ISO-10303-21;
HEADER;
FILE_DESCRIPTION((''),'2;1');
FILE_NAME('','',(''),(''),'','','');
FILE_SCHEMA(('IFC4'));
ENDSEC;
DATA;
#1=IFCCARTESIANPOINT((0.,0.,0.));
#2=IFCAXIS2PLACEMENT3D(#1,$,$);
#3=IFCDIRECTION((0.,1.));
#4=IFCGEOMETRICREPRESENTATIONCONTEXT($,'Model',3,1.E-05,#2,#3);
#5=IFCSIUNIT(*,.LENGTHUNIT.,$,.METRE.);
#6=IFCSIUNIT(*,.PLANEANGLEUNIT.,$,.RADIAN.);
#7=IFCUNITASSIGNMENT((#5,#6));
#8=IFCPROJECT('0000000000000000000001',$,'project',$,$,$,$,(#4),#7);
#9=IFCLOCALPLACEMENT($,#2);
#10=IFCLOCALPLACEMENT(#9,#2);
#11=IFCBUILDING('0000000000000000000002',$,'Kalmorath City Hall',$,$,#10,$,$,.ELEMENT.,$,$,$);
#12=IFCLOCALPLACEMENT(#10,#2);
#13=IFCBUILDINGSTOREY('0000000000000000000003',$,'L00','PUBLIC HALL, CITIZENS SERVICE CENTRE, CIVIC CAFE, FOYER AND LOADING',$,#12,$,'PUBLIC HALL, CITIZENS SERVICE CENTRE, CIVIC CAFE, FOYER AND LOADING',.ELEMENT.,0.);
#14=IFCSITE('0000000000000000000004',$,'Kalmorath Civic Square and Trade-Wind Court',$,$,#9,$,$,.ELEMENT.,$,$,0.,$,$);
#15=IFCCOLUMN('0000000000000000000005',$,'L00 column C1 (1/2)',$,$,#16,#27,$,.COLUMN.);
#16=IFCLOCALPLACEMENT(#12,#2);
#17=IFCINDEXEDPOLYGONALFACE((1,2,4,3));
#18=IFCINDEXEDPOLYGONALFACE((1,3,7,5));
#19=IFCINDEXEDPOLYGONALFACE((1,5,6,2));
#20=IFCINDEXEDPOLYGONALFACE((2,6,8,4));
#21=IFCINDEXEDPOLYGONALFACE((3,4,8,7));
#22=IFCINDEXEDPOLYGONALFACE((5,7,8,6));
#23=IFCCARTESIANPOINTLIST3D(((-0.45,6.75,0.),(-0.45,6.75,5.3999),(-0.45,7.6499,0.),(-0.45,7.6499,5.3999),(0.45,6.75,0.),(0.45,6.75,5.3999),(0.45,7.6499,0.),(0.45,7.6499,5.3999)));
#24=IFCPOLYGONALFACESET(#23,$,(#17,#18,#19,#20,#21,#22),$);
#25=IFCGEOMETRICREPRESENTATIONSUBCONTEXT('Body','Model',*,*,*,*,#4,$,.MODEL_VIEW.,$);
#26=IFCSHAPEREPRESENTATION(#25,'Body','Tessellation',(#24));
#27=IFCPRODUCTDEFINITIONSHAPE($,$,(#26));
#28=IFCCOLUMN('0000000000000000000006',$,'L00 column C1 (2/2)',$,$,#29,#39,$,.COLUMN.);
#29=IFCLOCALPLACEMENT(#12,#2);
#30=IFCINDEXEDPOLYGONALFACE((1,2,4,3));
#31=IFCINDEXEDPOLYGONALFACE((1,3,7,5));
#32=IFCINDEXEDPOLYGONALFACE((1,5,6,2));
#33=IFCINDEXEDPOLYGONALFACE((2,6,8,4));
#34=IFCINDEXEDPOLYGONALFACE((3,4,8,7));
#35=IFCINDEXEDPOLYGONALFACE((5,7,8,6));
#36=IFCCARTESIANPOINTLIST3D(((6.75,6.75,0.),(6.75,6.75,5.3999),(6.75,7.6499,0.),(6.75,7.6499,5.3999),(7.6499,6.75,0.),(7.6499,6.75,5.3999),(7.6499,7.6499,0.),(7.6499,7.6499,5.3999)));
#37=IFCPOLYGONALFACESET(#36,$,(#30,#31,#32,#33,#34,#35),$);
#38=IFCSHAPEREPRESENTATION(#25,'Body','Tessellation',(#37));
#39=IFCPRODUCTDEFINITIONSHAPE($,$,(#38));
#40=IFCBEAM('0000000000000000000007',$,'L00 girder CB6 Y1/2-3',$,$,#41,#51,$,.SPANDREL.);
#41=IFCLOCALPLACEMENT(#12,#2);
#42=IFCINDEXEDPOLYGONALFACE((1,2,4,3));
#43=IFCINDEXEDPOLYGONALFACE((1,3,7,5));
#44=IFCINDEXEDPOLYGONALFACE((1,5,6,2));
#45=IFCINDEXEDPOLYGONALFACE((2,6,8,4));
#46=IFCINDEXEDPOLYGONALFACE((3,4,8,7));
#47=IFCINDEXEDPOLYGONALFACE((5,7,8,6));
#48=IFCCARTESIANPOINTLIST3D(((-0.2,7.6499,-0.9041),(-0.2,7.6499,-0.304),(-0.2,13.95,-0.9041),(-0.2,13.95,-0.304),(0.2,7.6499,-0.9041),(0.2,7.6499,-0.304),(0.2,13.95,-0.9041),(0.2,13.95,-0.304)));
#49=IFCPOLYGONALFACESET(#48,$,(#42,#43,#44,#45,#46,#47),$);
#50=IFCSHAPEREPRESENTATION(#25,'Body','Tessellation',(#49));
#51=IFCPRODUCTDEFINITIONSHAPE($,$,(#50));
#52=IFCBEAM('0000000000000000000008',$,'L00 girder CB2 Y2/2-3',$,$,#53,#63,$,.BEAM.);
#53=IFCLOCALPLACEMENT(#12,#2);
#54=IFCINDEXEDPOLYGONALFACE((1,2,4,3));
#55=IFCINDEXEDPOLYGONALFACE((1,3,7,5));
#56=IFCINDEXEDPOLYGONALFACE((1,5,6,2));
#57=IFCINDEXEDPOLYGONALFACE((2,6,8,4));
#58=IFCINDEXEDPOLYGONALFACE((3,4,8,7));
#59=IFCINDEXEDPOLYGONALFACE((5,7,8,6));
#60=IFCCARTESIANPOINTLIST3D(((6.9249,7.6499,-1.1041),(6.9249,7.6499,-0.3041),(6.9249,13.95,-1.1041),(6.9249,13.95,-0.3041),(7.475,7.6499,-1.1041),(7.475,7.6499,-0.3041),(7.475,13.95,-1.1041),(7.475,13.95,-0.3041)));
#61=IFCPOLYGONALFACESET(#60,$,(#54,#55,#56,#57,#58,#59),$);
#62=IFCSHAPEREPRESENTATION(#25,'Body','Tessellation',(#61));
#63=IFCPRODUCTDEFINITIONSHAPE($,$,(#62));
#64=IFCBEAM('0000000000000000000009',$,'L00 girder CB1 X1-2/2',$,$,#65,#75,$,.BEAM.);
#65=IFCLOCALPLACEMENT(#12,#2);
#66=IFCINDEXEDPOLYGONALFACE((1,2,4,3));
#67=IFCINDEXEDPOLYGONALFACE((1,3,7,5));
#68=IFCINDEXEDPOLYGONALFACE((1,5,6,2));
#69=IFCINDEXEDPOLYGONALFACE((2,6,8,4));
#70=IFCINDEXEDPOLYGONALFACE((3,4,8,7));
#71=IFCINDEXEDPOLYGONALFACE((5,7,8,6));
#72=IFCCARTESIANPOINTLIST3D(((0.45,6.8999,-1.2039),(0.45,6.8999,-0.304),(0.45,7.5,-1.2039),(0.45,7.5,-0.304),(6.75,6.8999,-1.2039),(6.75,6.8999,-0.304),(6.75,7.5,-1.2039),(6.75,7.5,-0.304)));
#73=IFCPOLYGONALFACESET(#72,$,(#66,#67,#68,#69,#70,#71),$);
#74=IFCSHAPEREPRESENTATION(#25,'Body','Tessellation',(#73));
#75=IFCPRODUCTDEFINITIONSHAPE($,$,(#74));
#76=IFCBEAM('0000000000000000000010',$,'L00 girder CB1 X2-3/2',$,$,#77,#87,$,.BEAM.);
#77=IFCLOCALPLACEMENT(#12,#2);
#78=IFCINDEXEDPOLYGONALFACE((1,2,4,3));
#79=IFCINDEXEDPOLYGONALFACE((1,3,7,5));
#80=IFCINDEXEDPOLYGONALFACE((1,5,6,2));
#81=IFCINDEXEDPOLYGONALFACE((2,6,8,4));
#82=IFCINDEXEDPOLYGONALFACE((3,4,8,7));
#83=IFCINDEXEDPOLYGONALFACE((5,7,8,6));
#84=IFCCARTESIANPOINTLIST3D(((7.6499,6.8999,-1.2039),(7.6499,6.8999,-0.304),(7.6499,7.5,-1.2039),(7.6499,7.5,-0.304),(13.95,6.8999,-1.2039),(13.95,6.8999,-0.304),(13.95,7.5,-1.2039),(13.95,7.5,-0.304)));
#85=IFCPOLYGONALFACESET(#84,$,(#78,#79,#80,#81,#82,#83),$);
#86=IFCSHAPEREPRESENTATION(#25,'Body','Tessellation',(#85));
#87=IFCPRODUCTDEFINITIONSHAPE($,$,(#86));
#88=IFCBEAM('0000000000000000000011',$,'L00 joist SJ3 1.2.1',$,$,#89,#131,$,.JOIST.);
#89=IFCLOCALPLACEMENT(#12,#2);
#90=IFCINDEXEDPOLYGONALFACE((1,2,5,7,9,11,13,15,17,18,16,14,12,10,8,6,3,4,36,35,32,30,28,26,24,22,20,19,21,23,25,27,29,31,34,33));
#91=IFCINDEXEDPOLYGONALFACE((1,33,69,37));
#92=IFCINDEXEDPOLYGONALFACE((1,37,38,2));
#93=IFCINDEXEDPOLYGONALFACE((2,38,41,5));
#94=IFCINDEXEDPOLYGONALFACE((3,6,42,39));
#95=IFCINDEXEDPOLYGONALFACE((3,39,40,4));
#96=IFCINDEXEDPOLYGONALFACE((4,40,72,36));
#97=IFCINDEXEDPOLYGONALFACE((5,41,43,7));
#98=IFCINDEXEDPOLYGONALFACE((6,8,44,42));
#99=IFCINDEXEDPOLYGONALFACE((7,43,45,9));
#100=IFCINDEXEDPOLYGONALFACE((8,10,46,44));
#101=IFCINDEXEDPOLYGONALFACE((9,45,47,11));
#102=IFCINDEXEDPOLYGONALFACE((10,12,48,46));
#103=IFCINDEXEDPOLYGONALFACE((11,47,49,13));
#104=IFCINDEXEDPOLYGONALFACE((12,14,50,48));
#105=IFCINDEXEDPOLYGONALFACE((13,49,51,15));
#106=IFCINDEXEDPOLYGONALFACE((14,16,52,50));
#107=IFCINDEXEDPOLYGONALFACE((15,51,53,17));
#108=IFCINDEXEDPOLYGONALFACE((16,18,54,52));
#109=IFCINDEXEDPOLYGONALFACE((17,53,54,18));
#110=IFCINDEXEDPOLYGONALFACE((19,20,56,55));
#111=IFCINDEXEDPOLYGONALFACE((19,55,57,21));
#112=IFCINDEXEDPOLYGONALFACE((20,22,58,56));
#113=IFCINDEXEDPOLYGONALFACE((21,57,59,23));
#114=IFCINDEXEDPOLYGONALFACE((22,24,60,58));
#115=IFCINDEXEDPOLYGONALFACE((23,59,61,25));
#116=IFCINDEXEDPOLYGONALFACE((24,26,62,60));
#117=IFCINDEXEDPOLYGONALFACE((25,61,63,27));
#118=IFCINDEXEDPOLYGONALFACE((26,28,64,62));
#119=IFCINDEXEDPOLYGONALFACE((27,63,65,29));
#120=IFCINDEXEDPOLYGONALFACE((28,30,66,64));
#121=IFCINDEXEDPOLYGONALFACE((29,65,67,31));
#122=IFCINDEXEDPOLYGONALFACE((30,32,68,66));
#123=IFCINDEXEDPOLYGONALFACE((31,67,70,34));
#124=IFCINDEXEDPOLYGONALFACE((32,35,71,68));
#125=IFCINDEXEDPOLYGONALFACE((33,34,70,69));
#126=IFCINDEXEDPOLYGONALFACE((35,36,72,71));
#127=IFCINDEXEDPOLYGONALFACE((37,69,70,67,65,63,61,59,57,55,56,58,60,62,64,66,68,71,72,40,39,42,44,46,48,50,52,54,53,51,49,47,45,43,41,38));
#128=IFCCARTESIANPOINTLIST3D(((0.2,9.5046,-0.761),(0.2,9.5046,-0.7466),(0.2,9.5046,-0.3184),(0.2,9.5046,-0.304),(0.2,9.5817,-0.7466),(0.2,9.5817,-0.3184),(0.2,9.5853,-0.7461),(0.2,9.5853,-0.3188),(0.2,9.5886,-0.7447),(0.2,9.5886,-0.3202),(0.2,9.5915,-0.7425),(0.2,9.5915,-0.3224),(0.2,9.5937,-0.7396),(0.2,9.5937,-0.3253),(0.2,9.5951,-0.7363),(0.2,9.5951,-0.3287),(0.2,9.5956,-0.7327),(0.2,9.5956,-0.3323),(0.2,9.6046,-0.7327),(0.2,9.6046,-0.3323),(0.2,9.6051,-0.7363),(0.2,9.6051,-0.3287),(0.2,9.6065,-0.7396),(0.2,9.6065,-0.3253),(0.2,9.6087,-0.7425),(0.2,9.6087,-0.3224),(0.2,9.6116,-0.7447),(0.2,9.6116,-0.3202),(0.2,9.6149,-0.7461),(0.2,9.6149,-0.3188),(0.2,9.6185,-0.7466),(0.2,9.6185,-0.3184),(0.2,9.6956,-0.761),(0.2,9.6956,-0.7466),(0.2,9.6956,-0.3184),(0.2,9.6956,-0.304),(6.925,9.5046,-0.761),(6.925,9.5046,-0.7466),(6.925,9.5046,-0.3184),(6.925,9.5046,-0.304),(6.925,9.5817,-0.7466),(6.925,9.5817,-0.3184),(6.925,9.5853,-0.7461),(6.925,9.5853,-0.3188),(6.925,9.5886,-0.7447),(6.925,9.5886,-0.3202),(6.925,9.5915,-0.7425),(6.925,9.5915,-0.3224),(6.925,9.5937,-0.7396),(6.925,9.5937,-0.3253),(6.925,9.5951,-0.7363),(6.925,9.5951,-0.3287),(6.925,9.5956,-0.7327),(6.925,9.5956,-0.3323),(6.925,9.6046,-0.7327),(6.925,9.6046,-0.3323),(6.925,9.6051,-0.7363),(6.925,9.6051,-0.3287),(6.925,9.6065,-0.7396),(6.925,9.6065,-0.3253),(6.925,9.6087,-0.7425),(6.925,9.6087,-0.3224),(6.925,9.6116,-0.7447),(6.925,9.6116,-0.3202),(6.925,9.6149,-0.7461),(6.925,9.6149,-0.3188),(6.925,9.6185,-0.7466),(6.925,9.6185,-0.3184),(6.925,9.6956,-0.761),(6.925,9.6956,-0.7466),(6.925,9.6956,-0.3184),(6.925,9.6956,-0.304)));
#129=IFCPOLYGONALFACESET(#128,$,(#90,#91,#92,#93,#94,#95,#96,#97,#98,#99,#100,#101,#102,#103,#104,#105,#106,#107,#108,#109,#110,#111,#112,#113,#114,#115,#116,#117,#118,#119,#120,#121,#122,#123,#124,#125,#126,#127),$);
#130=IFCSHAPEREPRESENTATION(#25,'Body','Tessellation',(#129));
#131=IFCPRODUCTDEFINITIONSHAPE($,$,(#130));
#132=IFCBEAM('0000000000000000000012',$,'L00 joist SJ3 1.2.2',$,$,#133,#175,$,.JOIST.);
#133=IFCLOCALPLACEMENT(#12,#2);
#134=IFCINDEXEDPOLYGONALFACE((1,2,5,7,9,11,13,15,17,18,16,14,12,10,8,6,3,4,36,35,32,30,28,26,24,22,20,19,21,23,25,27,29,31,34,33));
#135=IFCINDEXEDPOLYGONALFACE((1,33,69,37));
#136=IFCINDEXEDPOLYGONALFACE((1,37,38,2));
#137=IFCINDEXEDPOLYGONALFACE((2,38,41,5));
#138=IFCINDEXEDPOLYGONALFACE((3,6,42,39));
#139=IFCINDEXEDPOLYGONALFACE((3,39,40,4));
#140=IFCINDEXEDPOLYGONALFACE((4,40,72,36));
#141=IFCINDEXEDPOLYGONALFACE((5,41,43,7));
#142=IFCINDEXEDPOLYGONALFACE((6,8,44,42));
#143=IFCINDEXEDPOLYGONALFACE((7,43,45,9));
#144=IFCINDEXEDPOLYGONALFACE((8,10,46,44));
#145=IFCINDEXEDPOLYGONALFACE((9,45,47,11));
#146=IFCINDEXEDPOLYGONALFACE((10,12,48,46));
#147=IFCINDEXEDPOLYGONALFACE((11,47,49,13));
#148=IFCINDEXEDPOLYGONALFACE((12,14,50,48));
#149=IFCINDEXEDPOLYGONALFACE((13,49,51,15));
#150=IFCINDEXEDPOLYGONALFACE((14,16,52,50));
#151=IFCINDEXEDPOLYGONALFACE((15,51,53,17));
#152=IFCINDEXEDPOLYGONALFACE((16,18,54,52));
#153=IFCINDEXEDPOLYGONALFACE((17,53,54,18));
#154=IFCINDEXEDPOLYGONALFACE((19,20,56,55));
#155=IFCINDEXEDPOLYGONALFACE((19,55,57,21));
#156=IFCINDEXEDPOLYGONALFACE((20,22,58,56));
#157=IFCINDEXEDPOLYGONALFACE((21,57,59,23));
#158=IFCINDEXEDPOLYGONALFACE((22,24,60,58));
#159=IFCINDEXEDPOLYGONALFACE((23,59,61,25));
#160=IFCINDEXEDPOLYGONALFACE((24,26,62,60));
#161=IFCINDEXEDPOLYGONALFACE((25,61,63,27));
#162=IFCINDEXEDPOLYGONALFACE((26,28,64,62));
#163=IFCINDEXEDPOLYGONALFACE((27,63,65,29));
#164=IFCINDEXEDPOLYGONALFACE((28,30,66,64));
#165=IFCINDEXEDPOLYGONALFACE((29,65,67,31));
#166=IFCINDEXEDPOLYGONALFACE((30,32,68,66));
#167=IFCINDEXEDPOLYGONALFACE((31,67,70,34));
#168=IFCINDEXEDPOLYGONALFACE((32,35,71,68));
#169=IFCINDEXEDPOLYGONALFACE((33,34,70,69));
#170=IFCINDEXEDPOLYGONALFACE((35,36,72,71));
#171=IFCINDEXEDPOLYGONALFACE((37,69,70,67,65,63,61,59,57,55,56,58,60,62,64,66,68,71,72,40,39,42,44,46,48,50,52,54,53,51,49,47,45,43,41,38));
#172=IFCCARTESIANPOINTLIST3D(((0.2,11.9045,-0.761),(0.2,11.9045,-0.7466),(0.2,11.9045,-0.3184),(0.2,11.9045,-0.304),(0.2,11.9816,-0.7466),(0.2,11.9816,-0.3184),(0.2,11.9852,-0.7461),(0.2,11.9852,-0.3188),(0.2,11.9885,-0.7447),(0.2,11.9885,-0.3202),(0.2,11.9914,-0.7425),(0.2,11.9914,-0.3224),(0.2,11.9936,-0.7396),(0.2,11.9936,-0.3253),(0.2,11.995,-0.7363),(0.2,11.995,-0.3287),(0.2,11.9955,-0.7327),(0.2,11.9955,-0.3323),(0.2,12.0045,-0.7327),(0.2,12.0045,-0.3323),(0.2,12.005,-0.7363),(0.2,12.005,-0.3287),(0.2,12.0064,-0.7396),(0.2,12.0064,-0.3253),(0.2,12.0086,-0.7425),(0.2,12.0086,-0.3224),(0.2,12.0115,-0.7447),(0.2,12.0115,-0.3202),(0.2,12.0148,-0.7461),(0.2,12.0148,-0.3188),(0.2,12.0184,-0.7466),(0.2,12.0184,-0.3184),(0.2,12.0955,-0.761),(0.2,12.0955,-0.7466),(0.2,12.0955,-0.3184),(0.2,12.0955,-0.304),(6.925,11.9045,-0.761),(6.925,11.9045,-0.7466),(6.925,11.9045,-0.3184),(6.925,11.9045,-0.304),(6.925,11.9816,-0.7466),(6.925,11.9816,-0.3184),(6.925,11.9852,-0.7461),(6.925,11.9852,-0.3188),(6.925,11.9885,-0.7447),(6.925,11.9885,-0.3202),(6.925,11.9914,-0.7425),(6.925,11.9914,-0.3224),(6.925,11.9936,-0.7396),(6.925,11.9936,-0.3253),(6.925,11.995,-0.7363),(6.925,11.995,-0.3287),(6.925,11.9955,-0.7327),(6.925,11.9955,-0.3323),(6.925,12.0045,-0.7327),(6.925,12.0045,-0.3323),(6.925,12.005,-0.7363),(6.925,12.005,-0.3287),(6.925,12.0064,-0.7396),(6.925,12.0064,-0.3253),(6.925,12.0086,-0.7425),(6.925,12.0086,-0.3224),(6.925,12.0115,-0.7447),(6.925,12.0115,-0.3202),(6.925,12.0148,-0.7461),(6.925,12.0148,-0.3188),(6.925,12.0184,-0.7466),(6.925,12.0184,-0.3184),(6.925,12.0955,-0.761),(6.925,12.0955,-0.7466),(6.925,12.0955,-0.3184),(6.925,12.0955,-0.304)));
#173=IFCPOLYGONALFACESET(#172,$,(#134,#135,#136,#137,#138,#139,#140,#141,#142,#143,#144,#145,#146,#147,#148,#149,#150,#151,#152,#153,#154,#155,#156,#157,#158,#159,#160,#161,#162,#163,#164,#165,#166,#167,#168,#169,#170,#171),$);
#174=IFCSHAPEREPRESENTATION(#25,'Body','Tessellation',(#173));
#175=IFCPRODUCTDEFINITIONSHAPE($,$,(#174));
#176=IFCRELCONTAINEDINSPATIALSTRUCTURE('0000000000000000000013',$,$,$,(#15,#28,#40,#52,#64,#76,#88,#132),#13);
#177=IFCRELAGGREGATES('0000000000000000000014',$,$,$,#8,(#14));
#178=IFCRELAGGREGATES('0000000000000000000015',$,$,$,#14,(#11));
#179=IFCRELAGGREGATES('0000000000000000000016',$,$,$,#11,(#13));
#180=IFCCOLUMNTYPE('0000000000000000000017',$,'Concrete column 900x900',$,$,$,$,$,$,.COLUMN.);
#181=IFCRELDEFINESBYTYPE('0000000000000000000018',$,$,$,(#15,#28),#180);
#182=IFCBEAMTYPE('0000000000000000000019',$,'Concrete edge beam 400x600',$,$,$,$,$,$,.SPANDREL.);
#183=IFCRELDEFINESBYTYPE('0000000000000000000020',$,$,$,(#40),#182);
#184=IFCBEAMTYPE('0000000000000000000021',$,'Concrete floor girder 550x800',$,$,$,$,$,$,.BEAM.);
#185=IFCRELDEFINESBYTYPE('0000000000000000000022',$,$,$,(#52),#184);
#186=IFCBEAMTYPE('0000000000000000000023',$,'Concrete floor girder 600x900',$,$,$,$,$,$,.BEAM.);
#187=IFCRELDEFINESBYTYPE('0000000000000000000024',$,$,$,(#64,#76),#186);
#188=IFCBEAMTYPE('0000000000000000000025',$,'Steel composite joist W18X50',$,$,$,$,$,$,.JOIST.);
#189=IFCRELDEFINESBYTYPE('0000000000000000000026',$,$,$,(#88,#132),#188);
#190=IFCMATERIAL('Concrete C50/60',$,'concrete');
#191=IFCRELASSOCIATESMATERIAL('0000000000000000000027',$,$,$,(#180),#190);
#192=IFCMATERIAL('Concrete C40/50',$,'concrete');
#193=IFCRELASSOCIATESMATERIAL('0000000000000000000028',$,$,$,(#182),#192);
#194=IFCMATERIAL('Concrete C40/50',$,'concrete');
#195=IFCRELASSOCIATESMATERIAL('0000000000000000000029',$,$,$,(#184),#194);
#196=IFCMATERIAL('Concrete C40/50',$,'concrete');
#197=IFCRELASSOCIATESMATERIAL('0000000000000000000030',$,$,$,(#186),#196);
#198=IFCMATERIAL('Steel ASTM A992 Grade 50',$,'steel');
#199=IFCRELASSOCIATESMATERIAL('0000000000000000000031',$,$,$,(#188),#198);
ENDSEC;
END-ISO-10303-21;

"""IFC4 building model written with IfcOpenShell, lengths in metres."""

from ifc_helpers import new_model, si_unit, direction, frame, origin, origin_2d, place, context, subcontext, project, spatial, rectangle, i_section, extrude, material, material_profile, profile_set, type_object, element, save


model = new_model("IFC4")

# Units and contexts
model_context = context("Model", 3, precision=1e-05, world=origin(), true_north=direction((0.0, 1.0)))
body_context = subcontext(model_context, "Body", "Model", "MODEL_VIEW")
ifc_project = project(units=[si_unit("LENGTHUNIT", "METRE"), si_unit("PLANEANGLEUNIT", "RADIAN")], contexts=[model_context])

# Site, building, storey
site_placement = place(None, origin())
site = spatial("IfcSite", under=ifc_project, at=site_placement, Name="Kalmorath Civic Square and Trade-Wind Court", CompositionType="ELEMENT", RefElevation=0.0)
building_placement = place(site_placement, origin())
building = spatial("IfcBuilding", under=site, at=building_placement, Name="Kalmorath City Hall", CompositionType="ELEMENT")
storey_placement = place(building_placement, origin())
storey = spatial("IfcBuildingStorey", under=building, at=storey_placement, Name="L00", Description="PUBLIC HALL, CITIZENS SERVICE CENTRE, CIVIC CAFE, FOYER AND LOADING", LongName="PUBLIC HALL, CITIZENS SERVICE CENTRE, CIVIC CAFE, FOYER AND LOADING", CompositionType="ELEMENT", Elevation=0.0)

# Columns
ifc_material_1 = material(Name="Concrete C50/60", Category="concrete")
ifc_material_profile_1 = material_profile(ifc_material_1, rectangle(XDim=0.8999, YDim=0.8999, at=origin_2d()), Name="RC-COL-900X900")
ifc_profile_set_1 = profile_set([ifc_material_profile_1], Name="Concrete C50/60")
column_type = type_object("IfcColumnType", Name="Concrete column 900x900", PredefinedType="COLUMN", material=ifc_profile_set_1)
for number, where, z_axis, x_axis, name in (
    (1, (0.0, 7.2, 0.0), (0.0, 0.0, 1.0), (1.0, 0.0, 0.0), "L00 column C1 (1/2)"),
    (2, (7.2, 7.2, 0.0), (0.0, 0.0, 1.0), (1.0, 0.0, 0.0), "L00 column C1 (2/2)"),
):
    element("IfcColumn", number, at=place(storey_placement, frame(where, z_axis=z_axis, x_axis=x_axis)), inside=storey, type_object=column_type, Name=name, PredefinedType="COLUMN", context=body_context, shape_type="SweptSolid", body=[
        extrude(rectangle(XDim=0.8999, YDim=0.8999, at=origin_2d()), origin(), (0.0, 0.0, 1.0), 5.3999),
    ])

# Beams
ifc_material_2 = material(Name="Concrete C40/50", Category="concrete")
ifc_material_profile_2 = material_profile(ifc_material_2, rectangle(XDim=0.3999, YDim=0.6001, at=origin_2d()), Name="RC-BM-400X600")
ifc_profile_set_2 = profile_set([ifc_material_profile_2], Name="Concrete C40/50")
beam_type_1 = type_object("IfcBeamType", Name="Concrete edge beam 400x600", PredefinedType="SPANDREL", material=ifc_profile_set_2)
beam_1_placement = place(storey_placement, frame((0.0, 7.6499, -0.604), z_axis=(0.0, 1.0, 0.0), x_axis=(-1.0, 0.0, 0.0)))
element("IfcBeam", 3, at=beam_1_placement, inside=storey, type_object=beam_type_1, Name="L00 girder CB6 Y1/2-3", PredefinedType="SPANDREL", context=body_context, shape_type="SweptSolid", body=[
    extrude(rectangle(XDim=0.3999, YDim=0.6001, at=origin_2d()), origin(), (0.0, 0.0, 1.0), 6.3),
])
ifc_material_3 = material(Name="Concrete C40/50", Category="concrete")
ifc_material_profile_3 = material_profile(ifc_material_3, rectangle(XDim=0.55, YDim=0.8, at=origin_2d()), Name="RC-BM-550X800")
ifc_profile_set_3 = profile_set([ifc_material_profile_3], Name="Concrete C40/50")
beam_type_2 = type_object("IfcBeamType", Name="Concrete floor girder 550x800", PredefinedType="BEAM", material=ifc_profile_set_3)
beam_2_placement = place(storey_placement, frame((7.2, 7.6499, -0.7041), z_axis=(0.0, 1.0, 0.0), x_axis=(-1.0, 0.0, 0.0)))
element("IfcBeam", 4, at=beam_2_placement, inside=storey, type_object=beam_type_2, Name="L00 girder CB2 Y2/2-3", PredefinedType="BEAM", context=body_context, shape_type="SweptSolid", body=[
    extrude(rectangle(XDim=0.55, YDim=0.8, at=origin_2d()), origin(), (0.0, 0.0, 1.0), 6.3),
])
ifc_material_4 = material(Name="Concrete C40/50", Category="concrete")
ifc_material_profile_4 = material_profile(ifc_material_4, rectangle(XDim=0.6001, YDim=0.8999, at=origin_2d()), Name="RC-BM-600X900")
ifc_profile_set_4 = profile_set([ifc_material_profile_4], Name="Concrete C40/50")
beam_type_3 = type_object("IfcBeamType", Name="Concrete floor girder 600x900", PredefinedType="BEAM", material=ifc_profile_set_4)
for number, where, z_axis, x_axis, name in (
    (5, (0.45, 7.2, -0.7539), (1.0, 0.0, 0.0), (0.0, 1.0, 0.0), "L00 girder CB1 X1-2/2"),
    (6, (7.6499, 7.2, -0.7539), (1.0, 0.0, 0.0), (0.0, 1.0, 0.0), "L00 girder CB1 X2-3/2"),
):
    element("IfcBeam", number, at=place(storey_placement, frame(where, z_axis=z_axis, x_axis=x_axis)), inside=storey, type_object=beam_type_3, Name=name, PredefinedType="BEAM", context=body_context, shape_type="SweptSolid", body=[
        extrude(rectangle(XDim=0.6001, YDim=0.8999, at=origin_2d()), origin(), (0.0, 0.0, 1.0), 6.3),
    ])
ifc_material_5 = material(Name="Steel ASTM A992 Grade 50", Category="steel")
ifc_material_profile_5 = material_profile(ifc_material_5, i_section(OverallWidth=0.1909, OverallDepth=0.457, WebThickness=0.009, FlangeThickness=0.0144, FilletRadius=0.0139, at=origin_2d()), Name="W18X50")
ifc_profile_set_5 = profile_set([ifc_material_profile_5], Name="Steel ASTM A992 Grade 50")
beam_type_4 = type_object("IfcBeamType", Name="Steel composite joist W18X50", PredefinedType="JOIST", material=ifc_profile_set_5)
for number, where, z_axis, x_axis, name in (
    (7, (0.2, 9.6001, -0.5325), (1.0, 0.0, 0.0), (0.0, 1.0, 0.0), "L00 joist SJ3 1.2.1"),
    (8, (0.2, 12.0, -0.5325), (1.0, 0.0, 0.0), (0.0, 1.0, 0.0), "L00 joist SJ3 1.2.2"),
):
    element("IfcBeam", number, at=place(storey_placement, frame(where, z_axis=z_axis, x_axis=x_axis)), inside=storey, type_object=beam_type_4, Name=name, PredefinedType="JOIST", context=body_context, shape_type="SweptSolid", body=[
        extrude(i_section(OverallWidth=0.1909, OverallDepth=0.457, WebThickness=0.009, FlangeThickness=0.0144, FilletRadius=0.0139, at=origin_2d()), origin(), (0.0, 0.0, 1.0), 6.7251),
    ])

save(model, "model.ifc")
